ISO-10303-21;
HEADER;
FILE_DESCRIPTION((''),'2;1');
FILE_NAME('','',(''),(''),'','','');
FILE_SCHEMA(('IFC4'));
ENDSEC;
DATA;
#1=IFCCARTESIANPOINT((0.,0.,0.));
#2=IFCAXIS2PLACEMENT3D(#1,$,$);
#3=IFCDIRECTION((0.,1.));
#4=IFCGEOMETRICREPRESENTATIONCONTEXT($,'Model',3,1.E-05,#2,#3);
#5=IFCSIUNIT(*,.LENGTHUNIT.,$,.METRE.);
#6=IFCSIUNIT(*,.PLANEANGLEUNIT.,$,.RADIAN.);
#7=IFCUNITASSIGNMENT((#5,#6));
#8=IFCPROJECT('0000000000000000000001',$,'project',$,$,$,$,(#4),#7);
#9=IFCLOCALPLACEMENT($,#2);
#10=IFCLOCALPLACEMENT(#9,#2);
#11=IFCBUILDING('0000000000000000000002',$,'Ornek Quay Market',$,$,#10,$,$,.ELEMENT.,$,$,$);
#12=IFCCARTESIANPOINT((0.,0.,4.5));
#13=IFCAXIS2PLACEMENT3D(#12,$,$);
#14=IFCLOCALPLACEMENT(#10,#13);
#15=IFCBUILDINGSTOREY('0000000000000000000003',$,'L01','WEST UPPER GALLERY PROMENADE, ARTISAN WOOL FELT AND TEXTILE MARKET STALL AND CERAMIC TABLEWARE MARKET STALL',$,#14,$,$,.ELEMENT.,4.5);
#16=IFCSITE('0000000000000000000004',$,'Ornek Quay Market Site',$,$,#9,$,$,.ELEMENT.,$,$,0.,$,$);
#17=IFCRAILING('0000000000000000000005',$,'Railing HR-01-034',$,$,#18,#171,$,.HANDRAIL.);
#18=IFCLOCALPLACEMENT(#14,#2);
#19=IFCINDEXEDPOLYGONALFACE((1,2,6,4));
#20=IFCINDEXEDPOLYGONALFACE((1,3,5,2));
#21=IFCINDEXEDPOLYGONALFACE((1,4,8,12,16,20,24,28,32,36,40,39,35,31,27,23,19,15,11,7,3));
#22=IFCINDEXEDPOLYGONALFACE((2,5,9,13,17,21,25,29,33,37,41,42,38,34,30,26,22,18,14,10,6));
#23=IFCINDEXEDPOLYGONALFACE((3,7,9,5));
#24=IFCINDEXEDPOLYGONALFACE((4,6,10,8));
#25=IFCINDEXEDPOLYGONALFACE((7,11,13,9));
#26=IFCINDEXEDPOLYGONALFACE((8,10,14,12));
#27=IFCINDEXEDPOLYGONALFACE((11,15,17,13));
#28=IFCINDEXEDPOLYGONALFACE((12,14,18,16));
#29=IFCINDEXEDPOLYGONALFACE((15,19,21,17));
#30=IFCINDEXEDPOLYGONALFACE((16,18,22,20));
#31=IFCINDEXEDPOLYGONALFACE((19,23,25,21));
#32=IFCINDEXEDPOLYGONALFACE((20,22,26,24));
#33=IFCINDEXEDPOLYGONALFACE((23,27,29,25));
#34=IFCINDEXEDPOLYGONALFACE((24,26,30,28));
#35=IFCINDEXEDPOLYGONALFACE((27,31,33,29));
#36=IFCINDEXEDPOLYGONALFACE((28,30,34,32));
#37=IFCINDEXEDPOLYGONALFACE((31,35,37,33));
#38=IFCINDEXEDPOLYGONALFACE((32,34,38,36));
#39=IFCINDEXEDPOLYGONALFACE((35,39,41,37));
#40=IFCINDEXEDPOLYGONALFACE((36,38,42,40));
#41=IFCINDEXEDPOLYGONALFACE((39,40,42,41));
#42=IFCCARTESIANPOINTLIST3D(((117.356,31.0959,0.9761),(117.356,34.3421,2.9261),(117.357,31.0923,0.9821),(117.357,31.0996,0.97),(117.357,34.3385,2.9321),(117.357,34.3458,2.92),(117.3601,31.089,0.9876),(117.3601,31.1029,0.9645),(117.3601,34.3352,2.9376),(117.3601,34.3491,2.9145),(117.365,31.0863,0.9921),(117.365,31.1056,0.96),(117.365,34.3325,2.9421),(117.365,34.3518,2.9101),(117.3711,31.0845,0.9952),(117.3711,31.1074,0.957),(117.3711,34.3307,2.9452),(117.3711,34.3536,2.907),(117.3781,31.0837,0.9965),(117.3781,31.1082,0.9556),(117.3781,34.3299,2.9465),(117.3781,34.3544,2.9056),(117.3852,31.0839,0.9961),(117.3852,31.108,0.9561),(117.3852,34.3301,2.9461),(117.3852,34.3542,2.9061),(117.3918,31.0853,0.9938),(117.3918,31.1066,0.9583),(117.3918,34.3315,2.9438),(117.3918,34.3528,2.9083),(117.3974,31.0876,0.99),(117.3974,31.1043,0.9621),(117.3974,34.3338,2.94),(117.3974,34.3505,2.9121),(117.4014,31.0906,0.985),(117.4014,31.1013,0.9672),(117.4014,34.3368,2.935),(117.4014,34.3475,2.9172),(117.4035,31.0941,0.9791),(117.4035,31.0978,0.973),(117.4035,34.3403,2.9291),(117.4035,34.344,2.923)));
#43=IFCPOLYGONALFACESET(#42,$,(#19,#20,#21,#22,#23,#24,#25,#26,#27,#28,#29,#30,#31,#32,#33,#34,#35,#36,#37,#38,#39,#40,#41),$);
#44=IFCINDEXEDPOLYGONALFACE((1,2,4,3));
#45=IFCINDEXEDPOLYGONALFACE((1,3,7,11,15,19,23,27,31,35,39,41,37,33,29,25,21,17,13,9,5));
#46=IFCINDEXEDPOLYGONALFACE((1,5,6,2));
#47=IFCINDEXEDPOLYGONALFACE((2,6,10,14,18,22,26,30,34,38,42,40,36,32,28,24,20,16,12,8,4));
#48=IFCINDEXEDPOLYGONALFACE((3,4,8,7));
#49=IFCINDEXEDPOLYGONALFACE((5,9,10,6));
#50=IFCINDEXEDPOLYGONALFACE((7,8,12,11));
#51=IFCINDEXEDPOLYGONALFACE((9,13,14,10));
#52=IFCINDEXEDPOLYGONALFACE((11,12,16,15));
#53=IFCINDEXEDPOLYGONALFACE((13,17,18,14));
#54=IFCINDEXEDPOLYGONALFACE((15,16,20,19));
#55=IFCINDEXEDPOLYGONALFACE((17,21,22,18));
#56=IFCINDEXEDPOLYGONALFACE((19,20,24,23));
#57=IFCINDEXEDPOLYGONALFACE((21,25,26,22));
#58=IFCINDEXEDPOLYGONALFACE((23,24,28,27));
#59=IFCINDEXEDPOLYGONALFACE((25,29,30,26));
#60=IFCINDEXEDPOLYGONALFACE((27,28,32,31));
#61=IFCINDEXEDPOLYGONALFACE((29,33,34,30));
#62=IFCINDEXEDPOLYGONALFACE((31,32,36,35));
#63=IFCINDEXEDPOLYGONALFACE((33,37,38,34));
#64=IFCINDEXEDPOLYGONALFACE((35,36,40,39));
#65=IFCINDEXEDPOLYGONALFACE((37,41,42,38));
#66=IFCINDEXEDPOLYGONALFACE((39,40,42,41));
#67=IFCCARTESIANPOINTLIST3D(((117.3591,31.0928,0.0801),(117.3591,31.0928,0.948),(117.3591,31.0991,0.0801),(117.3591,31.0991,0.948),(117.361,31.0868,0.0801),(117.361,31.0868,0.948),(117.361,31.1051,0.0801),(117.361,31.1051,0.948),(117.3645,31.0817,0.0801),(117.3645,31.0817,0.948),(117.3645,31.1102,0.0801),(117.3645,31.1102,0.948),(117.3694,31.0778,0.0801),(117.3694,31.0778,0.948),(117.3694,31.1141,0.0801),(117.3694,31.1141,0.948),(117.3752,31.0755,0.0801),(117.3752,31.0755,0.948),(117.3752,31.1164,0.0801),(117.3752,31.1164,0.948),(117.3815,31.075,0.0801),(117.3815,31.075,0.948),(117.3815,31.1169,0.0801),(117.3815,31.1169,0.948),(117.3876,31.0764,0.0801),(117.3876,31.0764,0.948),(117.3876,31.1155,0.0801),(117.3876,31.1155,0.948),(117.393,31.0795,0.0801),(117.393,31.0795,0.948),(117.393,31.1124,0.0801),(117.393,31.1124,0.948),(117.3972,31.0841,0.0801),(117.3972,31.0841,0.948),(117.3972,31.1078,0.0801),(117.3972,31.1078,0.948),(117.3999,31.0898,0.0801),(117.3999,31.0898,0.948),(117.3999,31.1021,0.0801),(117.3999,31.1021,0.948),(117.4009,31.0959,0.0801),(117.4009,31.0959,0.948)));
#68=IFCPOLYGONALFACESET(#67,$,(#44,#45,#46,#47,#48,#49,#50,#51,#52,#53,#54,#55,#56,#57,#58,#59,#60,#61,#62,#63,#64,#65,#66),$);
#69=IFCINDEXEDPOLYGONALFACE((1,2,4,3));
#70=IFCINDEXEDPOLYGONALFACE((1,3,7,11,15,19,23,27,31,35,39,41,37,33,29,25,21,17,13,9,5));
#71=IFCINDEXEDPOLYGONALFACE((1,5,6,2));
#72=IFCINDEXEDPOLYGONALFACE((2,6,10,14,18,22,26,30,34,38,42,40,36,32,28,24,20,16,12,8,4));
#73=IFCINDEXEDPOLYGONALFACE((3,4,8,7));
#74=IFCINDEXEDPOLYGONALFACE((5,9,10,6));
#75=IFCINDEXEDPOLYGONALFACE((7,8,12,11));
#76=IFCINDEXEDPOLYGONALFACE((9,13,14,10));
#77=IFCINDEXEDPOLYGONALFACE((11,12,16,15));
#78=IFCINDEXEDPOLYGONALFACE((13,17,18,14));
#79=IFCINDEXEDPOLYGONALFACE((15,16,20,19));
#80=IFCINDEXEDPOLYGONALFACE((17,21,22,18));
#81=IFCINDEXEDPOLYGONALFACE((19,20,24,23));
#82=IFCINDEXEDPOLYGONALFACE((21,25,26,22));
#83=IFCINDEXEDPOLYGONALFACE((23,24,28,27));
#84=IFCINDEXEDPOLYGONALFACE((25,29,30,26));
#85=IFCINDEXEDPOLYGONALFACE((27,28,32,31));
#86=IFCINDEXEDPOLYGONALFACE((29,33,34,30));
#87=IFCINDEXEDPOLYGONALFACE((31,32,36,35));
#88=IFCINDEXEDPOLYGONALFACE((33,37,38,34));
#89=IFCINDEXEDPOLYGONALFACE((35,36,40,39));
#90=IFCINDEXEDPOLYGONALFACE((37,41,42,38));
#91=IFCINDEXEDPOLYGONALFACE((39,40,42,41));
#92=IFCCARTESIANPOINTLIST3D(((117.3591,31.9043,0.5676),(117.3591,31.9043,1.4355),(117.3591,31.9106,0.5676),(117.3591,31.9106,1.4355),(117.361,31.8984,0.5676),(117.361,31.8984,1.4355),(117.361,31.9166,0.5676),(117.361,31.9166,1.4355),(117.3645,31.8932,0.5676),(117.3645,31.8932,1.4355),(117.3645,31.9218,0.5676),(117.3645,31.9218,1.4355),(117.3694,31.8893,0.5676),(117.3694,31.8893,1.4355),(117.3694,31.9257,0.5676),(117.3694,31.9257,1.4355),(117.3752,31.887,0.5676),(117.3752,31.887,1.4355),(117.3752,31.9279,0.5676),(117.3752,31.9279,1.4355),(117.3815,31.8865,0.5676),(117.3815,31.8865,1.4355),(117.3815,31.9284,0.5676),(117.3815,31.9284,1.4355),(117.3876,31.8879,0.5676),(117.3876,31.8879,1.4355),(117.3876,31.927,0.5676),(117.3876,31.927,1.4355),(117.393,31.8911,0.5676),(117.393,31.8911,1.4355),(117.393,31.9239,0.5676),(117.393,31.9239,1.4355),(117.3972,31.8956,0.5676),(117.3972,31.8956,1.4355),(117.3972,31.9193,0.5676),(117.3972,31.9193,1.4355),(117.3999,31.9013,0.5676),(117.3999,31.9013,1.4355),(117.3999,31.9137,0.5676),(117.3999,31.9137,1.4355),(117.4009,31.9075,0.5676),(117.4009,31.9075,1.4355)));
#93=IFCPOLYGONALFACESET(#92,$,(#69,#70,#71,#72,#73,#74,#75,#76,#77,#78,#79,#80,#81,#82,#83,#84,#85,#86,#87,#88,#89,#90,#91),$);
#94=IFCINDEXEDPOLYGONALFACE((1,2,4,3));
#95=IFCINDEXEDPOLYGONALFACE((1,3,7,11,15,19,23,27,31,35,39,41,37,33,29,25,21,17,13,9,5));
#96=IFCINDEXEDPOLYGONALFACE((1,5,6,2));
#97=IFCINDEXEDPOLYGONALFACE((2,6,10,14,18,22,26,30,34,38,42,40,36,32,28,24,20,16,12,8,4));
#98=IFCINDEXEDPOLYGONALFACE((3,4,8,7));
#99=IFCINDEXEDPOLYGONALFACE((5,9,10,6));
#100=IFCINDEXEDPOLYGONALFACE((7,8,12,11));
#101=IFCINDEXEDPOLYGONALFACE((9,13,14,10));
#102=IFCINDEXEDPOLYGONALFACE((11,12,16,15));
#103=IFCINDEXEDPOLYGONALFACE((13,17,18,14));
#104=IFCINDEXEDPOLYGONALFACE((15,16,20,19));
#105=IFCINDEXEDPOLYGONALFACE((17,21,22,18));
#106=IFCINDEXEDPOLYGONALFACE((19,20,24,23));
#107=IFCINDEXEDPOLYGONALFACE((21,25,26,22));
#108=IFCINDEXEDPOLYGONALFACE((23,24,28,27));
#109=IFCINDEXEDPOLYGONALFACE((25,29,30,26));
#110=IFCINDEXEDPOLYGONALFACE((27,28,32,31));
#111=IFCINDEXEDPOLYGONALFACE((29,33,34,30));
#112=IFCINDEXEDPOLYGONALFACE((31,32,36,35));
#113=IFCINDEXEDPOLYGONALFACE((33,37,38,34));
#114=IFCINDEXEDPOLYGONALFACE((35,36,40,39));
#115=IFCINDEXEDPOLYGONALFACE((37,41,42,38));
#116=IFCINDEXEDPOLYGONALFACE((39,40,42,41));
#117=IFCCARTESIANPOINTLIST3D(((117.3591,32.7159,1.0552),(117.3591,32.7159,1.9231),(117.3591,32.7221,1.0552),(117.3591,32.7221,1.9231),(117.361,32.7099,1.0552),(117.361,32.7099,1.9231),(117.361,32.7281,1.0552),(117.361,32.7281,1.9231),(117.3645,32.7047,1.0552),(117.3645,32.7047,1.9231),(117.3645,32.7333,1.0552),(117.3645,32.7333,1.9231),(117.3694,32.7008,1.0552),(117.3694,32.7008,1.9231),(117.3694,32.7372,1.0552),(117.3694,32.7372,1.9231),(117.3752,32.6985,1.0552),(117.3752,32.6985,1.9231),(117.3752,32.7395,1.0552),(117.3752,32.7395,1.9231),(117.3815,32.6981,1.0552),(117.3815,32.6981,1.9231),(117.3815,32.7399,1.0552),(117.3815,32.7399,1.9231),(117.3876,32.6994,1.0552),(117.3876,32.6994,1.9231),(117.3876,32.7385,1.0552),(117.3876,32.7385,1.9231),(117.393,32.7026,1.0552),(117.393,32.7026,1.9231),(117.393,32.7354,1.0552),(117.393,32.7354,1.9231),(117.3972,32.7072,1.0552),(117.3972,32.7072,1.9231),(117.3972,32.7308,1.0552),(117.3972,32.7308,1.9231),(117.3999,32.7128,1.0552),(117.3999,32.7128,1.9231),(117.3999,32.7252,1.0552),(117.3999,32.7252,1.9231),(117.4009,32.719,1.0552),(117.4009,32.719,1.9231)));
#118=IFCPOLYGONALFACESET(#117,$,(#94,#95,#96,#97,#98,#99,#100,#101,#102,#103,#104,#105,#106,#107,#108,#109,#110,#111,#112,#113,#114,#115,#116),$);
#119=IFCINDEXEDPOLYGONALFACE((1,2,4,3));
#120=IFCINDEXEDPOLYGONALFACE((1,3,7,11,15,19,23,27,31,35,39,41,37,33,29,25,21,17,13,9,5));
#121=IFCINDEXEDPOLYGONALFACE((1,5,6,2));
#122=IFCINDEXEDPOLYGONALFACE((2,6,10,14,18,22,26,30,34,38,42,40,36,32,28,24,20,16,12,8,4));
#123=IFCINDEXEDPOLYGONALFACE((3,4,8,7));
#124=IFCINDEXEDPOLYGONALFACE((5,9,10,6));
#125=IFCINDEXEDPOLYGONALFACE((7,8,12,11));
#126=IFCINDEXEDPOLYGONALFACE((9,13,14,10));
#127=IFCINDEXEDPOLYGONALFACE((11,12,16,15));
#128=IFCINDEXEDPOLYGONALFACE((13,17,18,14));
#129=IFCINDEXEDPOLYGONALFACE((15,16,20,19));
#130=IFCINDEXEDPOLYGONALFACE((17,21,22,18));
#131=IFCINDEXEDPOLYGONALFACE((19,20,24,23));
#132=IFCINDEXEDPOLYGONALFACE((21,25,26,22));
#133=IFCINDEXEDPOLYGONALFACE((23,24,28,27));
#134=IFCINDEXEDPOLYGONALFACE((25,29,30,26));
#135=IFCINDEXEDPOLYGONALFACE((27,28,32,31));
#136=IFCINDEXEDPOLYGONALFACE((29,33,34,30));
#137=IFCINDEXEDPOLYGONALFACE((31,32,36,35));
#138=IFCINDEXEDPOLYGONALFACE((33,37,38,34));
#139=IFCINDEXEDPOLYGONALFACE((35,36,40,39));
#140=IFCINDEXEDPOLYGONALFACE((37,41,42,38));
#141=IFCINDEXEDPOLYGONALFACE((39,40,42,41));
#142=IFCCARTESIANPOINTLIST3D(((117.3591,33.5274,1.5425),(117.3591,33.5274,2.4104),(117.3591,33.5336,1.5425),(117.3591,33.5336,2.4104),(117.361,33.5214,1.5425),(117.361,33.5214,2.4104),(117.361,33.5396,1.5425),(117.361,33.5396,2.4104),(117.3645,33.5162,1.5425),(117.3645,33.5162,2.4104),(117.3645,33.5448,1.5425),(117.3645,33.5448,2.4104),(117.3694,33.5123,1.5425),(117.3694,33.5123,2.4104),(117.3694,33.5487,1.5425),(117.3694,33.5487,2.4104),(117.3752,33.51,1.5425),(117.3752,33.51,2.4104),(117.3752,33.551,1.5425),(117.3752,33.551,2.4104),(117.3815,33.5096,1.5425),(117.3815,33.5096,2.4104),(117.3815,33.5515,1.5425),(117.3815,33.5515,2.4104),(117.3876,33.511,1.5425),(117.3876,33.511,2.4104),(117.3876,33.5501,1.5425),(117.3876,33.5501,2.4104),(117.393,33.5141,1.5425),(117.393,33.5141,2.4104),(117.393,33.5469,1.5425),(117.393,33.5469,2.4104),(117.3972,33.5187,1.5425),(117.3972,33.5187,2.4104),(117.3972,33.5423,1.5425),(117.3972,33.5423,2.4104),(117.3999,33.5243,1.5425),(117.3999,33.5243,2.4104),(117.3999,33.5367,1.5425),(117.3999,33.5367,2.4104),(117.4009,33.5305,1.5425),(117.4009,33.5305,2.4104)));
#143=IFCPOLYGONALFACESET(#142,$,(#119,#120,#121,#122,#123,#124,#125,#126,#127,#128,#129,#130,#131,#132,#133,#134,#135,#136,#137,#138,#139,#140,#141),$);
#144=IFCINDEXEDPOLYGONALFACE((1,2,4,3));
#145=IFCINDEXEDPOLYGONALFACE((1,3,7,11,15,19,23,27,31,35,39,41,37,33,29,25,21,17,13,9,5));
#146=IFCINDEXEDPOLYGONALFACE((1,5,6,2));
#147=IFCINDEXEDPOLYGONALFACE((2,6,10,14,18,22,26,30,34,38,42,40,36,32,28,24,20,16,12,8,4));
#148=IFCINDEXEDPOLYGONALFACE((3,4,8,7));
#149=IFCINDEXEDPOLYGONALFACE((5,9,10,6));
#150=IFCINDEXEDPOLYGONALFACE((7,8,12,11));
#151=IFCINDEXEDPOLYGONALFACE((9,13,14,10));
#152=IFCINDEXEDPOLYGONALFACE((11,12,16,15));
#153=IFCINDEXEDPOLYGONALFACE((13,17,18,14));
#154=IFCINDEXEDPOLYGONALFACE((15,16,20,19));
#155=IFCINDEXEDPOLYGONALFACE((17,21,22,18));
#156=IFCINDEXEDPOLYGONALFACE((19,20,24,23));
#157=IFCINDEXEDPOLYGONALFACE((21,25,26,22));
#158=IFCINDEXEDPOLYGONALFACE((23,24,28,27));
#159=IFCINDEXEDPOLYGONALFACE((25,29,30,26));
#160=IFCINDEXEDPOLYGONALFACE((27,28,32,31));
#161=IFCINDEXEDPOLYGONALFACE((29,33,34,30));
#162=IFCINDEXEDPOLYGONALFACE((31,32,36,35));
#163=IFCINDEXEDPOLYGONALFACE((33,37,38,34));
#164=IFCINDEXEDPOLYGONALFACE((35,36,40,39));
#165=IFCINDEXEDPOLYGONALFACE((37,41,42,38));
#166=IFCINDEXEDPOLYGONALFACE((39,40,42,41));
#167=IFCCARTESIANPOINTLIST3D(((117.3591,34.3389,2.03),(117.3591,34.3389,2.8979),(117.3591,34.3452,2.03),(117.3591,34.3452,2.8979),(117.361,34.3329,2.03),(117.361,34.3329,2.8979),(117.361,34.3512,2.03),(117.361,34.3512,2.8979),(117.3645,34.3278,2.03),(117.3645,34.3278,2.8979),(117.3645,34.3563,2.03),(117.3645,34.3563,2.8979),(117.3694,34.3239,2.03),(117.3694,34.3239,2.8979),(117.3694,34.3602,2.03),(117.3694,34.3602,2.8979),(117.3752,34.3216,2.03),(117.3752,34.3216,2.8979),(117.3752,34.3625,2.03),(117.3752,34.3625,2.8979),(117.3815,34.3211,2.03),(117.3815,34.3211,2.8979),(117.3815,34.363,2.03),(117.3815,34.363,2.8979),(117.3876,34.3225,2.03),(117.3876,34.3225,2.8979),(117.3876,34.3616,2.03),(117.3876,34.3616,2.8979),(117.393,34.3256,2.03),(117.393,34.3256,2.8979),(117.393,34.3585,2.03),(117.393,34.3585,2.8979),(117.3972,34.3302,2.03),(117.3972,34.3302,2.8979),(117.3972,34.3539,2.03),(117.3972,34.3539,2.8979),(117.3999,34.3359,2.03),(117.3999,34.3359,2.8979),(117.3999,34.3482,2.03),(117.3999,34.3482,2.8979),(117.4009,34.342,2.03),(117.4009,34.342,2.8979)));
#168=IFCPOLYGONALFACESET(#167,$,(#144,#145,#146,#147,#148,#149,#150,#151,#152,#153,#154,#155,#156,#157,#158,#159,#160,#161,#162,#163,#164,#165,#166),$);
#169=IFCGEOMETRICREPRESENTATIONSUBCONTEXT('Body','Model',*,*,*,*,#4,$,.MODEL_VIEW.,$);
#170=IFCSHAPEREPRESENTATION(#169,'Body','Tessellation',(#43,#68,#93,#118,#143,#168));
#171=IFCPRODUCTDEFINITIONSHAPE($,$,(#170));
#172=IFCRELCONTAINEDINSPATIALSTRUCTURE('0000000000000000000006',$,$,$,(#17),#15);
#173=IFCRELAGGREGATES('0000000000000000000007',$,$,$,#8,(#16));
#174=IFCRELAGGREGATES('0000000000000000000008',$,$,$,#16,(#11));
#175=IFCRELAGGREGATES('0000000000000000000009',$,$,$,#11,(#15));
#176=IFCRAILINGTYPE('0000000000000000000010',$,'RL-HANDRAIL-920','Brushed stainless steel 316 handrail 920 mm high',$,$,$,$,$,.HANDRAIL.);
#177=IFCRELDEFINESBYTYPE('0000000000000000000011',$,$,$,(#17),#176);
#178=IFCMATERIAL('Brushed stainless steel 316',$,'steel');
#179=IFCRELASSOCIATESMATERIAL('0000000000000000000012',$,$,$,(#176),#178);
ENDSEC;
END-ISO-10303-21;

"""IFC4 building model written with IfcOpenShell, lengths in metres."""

from ifc_helpers import new_model, si_unit, direction, frame, origin, origin_2d, place, context, subcontext, project, spatial, circle, extrude, material, type_object, element, save


model = new_model("IFC4")

# Units and contexts
model_context = context("Model", 3, precision=1e-05, world=origin(), true_north=direction((0.0, 1.0)))
body_context = subcontext(model_context, "Body", "Model", "MODEL_VIEW")
ifc_project = project(units=[si_unit("LENGTHUNIT", "METRE"), si_unit("PLANEANGLEUNIT", "RADIAN")], contexts=[model_context])

# Site, building, storey
site_placement = place(None, origin())
site = spatial("IfcSite", under=ifc_project, at=site_placement, Name="Ornek Quay Market Site", CompositionType="ELEMENT", RefElevation=0.0)
building_placement = place(site_placement, origin())
building = spatial("IfcBuilding", under=site, at=building_placement, Name="Ornek Quay Market", CompositionType="ELEMENT")
storey_placement = place(building_placement, frame((0.0, 0.0, 4.5)))
storey = spatial("IfcBuildingStorey", under=building, at=storey_placement, Name="L01", Description="WEST UPPER GALLERY PROMENADE, ARTISAN WOOL FELT AND TEXTILE MARKET STALL AND CERAMIC TABLEWARE MARKET STALL", CompositionType="ELEMENT", Elevation=4.5)

# Railing
ifc_material_1 = material(Name="Brushed stainless steel 316", Category="steel")
railing_type_1 = type_object("IfcRailingType", Name="RL-HANDRAIL-920", Description="Brushed stainless steel 316 handrail 920 mm high", PredefinedType="HANDRAIL", material=ifc_material_1)
railing_1_placement = place(storey_placement, frame((117.3799, 31.0959, 0.0801)))
element("IfcRailing", 1, at=railing_1_placement, inside=storey, type_object=railing_type_1, Name="Railing HR-01-034", PredefinedType="HANDRAIL", context=body_context, shape_type="SweptSolid", body=[
    extrude(circle(Radius=0.0239, at=origin_2d()), frame((0.0, 0.0, 0.896), z_axis=(0.0, 0.857225, 0.514941), x_axis=(-1.0, 0.0, 0.0)), (0.0, 0.0, 1.0), 3.7869),
    extrude(circle(Radius=0.021, at=origin_2d()), origin(), (0.0, 0.0, 1.0), 0.8679),
    extrude(circle(Radius=0.021, at=origin_2d()), frame((0.0, 0.8115, 0.4875)), (0.0, 0.0, 1.0), 0.8679),
    extrude(circle(Radius=0.021, at=origin_2d()), frame((0.0, 1.623, 0.9751)), (0.0, 0.0, 1.0), 0.8679),
    extrude(circle(Radius=0.021, at=origin_2d()), frame((0.0, 2.4346, 1.4624)), (0.0, 0.0, 1.0), 0.8679),
    extrude(circle(Radius=0.021, at=origin_2d()), frame((0.0, 3.2461, 1.95)), (0.0, 0.0, 1.0), 0.8679),
])

save(model, "model.ifc")
